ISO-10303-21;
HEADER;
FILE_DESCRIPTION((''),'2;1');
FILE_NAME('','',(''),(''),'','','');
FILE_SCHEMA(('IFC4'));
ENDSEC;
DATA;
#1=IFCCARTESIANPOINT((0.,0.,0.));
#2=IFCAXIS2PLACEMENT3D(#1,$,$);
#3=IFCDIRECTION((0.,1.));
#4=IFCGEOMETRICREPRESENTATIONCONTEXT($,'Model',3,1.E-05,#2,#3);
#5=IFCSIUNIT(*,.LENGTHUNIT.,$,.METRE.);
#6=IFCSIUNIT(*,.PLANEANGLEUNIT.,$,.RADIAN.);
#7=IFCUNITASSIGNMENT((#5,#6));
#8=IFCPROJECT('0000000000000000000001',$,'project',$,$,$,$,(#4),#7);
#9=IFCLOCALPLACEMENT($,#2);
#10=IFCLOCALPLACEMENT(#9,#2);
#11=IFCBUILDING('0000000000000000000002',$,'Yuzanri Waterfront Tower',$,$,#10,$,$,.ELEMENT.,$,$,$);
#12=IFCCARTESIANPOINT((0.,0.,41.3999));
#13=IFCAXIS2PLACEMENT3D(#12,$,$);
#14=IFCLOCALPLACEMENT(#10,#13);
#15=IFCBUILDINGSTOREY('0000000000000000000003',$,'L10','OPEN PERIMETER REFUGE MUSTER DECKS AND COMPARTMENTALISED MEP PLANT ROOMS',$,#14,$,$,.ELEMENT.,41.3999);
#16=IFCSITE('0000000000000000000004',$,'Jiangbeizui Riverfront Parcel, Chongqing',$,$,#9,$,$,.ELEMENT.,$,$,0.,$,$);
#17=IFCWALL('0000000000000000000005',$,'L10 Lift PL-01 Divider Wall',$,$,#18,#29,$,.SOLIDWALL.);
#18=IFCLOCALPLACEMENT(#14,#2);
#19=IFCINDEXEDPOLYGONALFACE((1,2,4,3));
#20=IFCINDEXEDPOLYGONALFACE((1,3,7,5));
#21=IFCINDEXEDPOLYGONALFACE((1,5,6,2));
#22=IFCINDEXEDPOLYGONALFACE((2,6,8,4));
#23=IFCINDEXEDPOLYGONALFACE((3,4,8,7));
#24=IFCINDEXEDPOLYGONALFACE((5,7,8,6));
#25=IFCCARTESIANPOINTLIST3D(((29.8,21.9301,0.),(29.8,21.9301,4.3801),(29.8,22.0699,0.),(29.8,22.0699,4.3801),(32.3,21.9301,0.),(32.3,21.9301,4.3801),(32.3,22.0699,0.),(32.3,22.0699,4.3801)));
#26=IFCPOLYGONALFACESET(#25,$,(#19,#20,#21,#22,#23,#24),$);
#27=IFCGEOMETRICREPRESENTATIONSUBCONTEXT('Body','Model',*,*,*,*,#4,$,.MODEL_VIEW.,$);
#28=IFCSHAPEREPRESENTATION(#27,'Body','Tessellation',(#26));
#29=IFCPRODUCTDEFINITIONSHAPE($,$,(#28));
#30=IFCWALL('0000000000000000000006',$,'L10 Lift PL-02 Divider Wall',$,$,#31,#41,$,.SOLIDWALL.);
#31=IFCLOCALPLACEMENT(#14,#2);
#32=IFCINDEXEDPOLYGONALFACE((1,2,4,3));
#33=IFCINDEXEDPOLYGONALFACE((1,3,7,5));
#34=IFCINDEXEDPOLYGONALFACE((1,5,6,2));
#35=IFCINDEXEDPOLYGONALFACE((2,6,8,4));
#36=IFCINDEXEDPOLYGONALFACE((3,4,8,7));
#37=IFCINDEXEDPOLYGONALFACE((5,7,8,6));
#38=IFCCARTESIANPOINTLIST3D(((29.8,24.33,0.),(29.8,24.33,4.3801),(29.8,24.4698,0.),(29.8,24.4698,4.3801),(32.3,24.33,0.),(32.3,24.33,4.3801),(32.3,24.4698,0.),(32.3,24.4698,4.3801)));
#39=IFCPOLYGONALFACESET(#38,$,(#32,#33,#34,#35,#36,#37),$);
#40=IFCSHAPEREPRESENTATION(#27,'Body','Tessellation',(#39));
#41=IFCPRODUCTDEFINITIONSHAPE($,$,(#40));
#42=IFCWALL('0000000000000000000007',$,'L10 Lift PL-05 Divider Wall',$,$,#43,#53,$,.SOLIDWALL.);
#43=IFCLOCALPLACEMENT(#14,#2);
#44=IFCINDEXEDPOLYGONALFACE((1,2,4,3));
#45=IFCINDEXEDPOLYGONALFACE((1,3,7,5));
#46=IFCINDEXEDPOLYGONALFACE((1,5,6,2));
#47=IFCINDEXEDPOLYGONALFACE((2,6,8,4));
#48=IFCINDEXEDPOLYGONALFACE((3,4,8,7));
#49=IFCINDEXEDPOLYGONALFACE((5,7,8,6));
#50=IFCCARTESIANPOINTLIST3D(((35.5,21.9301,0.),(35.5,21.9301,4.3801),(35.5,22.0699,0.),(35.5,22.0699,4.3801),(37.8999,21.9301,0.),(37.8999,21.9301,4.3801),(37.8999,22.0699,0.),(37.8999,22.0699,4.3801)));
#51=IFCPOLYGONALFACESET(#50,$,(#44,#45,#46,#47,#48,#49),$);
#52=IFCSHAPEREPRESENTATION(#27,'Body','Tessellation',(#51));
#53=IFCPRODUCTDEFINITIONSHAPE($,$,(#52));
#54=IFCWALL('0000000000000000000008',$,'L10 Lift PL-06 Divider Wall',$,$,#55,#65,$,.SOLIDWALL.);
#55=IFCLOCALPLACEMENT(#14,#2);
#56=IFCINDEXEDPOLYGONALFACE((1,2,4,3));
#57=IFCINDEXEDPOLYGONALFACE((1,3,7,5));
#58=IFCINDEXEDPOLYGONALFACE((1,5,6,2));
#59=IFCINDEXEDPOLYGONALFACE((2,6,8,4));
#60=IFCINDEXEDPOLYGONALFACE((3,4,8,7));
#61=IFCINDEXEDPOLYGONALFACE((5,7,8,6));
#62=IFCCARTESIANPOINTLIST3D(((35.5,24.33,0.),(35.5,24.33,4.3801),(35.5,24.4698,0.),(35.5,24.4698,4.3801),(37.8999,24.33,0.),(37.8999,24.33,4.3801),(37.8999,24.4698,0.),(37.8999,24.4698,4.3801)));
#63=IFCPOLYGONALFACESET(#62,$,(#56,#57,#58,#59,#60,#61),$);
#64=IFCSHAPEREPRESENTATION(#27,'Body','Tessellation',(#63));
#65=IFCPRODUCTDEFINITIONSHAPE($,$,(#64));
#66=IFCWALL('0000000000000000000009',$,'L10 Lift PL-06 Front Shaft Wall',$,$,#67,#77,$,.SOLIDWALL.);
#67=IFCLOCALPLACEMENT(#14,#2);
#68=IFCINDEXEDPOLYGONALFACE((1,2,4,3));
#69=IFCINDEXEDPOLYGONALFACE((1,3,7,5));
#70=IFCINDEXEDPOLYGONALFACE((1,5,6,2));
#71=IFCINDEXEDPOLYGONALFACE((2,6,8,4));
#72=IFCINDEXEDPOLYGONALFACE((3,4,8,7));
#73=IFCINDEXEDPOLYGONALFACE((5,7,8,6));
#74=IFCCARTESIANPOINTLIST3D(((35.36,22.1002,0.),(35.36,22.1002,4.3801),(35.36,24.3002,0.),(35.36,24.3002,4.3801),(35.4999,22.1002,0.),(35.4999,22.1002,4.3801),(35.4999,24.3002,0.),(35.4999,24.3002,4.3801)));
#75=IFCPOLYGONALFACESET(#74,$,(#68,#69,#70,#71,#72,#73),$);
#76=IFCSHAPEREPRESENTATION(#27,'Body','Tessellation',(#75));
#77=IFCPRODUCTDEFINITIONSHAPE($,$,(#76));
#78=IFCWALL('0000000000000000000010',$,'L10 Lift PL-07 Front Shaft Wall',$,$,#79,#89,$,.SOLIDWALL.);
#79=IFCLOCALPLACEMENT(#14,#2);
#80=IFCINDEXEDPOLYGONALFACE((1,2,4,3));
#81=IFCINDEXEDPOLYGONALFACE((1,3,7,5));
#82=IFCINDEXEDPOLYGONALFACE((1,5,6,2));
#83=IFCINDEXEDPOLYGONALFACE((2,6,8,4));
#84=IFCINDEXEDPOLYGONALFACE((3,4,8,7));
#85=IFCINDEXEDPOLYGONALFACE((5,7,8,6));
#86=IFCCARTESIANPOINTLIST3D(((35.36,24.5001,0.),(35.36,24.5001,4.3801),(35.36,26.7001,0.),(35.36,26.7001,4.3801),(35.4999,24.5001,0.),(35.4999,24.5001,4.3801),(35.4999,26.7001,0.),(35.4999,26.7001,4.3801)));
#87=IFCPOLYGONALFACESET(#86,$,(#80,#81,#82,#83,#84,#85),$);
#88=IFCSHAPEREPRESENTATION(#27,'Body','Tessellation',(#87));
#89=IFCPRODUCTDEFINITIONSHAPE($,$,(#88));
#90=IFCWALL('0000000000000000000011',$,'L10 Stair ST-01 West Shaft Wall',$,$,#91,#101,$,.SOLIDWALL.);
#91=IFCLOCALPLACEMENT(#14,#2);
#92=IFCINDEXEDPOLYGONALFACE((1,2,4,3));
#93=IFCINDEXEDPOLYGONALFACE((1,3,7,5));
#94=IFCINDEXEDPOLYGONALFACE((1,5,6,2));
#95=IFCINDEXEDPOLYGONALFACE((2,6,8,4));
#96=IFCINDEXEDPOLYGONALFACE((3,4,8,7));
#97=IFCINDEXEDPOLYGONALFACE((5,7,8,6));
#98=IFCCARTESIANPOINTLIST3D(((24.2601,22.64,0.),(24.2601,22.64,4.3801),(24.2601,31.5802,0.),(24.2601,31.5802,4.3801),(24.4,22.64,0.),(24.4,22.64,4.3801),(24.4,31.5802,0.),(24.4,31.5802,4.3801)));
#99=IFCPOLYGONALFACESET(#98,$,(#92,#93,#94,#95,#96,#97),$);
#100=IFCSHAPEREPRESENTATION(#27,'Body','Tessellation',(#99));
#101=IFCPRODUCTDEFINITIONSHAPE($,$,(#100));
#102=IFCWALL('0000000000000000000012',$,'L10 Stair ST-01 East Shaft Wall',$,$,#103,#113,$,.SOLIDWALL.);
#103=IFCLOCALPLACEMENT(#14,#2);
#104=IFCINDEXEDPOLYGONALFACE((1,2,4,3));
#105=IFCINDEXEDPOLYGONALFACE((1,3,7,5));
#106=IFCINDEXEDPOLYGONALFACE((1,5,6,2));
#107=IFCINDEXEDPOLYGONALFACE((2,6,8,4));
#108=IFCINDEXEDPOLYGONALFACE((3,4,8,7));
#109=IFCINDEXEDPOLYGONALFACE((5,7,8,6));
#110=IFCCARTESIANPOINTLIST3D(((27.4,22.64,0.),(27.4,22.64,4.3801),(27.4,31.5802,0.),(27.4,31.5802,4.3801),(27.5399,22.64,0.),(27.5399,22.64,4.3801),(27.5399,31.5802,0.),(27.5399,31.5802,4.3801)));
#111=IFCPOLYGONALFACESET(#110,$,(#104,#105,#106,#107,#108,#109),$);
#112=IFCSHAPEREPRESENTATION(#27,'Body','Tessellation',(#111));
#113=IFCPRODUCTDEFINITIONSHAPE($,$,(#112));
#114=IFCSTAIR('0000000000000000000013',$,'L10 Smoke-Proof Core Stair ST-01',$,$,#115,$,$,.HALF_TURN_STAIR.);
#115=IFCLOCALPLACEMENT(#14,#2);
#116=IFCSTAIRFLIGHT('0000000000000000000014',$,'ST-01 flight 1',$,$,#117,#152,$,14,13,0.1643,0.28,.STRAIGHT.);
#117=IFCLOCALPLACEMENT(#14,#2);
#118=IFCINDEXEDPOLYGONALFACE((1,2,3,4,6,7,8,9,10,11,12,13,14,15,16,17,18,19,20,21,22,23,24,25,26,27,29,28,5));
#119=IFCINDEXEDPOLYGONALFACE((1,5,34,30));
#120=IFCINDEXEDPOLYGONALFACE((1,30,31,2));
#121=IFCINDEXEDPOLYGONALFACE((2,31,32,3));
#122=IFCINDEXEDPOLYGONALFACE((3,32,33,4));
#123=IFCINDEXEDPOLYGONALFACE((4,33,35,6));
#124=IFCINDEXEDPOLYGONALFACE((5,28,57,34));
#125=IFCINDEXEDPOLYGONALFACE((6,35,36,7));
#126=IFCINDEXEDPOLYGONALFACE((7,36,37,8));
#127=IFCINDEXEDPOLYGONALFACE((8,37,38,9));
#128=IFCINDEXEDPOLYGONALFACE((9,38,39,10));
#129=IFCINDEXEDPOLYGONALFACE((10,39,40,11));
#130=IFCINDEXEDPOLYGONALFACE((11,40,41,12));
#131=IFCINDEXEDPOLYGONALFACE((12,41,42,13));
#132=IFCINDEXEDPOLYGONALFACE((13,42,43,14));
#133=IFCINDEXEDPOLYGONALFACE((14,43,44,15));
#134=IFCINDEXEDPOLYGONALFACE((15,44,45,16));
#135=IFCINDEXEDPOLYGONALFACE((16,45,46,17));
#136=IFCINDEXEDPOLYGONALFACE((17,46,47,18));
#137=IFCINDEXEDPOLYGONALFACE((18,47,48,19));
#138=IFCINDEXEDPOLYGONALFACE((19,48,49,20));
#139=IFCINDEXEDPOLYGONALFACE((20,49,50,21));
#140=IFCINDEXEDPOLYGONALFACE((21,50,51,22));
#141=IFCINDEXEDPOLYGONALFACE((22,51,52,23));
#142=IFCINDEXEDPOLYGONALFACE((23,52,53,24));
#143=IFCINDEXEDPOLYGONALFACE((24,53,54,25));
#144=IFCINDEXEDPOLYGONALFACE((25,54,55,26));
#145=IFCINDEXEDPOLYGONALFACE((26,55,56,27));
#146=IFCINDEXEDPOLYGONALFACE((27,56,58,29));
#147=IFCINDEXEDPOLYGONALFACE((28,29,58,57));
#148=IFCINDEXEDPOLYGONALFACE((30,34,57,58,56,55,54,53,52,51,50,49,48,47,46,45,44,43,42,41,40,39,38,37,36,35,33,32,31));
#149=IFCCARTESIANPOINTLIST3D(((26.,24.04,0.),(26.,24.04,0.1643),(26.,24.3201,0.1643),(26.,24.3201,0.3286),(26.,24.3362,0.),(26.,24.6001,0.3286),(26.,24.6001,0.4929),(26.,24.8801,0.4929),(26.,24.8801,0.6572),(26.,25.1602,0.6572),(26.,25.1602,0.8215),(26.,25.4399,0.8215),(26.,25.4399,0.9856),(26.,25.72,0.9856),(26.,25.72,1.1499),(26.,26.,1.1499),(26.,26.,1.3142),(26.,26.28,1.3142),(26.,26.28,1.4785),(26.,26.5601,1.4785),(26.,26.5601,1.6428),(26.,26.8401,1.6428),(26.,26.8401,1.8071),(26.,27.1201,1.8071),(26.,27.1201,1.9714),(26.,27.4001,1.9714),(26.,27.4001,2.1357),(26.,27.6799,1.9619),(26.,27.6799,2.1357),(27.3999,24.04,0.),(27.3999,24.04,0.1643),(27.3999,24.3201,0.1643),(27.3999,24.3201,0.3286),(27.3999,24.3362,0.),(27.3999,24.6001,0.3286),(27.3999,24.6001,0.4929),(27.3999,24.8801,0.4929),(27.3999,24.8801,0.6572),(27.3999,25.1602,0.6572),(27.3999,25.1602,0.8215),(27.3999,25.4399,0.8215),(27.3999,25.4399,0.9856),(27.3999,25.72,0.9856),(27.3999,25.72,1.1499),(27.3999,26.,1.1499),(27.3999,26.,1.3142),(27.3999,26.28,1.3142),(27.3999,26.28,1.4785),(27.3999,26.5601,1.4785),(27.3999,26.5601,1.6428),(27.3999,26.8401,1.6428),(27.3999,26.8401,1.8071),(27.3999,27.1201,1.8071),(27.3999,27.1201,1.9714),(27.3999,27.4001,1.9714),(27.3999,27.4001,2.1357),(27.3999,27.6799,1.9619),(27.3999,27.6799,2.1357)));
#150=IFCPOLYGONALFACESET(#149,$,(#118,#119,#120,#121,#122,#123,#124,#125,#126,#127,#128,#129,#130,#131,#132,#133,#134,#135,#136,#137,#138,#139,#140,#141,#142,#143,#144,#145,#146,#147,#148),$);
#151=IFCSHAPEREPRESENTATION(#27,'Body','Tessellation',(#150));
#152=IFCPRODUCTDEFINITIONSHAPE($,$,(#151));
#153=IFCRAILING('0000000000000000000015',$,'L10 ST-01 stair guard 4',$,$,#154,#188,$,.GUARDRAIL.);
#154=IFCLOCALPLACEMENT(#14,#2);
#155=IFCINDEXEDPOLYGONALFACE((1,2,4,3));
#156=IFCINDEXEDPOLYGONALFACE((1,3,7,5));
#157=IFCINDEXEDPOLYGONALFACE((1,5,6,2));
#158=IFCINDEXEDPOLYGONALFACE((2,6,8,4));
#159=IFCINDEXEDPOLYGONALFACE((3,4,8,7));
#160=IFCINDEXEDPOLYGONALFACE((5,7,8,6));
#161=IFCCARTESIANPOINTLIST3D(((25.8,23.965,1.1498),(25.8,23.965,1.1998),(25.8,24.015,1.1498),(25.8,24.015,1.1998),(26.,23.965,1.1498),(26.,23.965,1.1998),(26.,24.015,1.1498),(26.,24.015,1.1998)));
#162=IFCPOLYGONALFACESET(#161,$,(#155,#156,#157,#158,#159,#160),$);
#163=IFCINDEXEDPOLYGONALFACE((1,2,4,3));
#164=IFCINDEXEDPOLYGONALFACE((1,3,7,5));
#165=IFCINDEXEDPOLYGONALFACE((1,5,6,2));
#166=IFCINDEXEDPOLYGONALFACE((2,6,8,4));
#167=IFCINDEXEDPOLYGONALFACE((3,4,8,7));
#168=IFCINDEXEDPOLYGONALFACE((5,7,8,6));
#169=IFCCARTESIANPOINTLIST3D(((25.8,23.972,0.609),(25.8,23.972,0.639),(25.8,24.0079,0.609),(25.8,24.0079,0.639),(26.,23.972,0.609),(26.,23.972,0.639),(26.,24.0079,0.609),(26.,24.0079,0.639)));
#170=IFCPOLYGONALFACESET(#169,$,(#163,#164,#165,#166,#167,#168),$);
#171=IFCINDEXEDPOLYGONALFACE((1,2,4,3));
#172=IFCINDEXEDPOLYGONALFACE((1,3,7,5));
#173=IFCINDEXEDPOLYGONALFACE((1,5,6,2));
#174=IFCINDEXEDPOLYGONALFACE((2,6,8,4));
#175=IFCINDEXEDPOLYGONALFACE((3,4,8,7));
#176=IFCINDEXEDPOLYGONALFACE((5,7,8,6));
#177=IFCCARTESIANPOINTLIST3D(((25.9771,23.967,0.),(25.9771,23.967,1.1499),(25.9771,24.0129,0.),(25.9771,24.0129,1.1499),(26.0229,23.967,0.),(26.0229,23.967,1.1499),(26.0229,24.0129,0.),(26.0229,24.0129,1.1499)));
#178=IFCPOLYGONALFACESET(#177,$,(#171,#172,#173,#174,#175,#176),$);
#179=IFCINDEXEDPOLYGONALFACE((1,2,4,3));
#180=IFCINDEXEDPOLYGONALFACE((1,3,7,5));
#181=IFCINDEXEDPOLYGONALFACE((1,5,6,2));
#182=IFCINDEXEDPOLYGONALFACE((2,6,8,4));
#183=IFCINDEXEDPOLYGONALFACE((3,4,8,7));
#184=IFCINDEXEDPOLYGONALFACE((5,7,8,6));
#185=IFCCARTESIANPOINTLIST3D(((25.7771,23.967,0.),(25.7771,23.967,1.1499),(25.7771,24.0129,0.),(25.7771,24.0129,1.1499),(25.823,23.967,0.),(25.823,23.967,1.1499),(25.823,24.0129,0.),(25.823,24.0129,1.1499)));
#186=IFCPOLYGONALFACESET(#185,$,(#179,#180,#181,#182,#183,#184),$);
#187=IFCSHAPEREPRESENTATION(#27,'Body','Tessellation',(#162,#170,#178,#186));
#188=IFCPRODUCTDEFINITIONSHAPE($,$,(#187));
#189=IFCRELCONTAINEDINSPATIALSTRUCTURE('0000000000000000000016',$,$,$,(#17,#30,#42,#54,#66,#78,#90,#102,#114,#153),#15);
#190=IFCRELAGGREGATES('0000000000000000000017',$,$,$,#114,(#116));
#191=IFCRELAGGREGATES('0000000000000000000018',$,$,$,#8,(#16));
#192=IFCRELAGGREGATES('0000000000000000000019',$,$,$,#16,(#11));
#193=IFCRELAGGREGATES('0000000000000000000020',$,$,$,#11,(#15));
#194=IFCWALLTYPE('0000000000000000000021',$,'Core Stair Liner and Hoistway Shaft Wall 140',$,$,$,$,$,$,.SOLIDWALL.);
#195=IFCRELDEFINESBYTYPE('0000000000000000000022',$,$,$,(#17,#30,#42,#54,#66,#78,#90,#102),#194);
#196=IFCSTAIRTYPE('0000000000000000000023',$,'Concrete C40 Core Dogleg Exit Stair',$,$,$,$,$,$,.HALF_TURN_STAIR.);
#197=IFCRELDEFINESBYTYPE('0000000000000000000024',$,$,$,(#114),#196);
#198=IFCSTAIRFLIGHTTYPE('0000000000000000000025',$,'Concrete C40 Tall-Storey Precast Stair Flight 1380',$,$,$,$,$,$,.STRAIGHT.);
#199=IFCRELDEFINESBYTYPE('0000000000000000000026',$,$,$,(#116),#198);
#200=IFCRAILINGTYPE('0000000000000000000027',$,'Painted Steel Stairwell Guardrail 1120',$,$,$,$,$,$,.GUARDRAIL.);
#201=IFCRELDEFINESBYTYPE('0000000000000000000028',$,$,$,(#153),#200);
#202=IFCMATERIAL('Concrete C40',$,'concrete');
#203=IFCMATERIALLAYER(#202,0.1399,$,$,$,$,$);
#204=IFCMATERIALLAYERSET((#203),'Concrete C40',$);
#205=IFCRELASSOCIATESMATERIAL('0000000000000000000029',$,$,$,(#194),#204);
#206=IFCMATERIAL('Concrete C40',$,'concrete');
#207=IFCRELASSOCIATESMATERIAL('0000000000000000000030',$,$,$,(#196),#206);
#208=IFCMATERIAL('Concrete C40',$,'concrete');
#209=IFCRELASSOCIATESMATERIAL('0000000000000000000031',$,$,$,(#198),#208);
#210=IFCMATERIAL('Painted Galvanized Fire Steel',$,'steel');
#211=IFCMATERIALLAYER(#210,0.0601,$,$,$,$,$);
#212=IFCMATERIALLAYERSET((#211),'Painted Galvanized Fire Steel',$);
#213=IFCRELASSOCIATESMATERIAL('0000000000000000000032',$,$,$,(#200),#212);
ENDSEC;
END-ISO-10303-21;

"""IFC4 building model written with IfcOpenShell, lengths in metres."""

from ifc_helpers import new_model, si_unit, direction, frame, frame_2d, origin, origin_2d, place, context, subcontext, project, spatial, polyline, rectangle, outline, extrude, source, transform, mapped, material, layer, layer_set, type_object, element, aggregate, save


model = new_model("IFC4")

# Units and contexts
model_context = context("Model", 3, precision=1e-05, world=origin(), true_north=direction((0.0, 1.0)))
body_context = subcontext(model_context, "Body", "Model", "MODEL_VIEW")
ifc_project = project(units=[si_unit("LENGTHUNIT", "METRE"), si_unit("PLANEANGLEUNIT", "RADIAN")], contexts=[model_context])

# Site, building, storey
site_placement = place(None, origin())
site = spatial("IfcSite", under=ifc_project, at=site_placement, Name="Jiangbeizui Riverfront Parcel, Chongqing", CompositionType="ELEMENT", RefElevation=0.0)
building_placement = place(site_placement, origin())
building = spatial("IfcBuilding", under=site, at=building_placement, Name="Yuzanri Waterfront Tower", CompositionType="ELEMENT")
storey_placement = place(building_placement, frame((0.0, 0.0, 41.3999)))
storey = spatial("IfcBuildingStorey", under=building, at=storey_placement, Name="L10", Description="OPEN PERIMETER REFUGE MUSTER DECKS AND COMPARTMENTALISED MEP PLANT ROOMS", CompositionType="ELEMENT", Elevation=41.3999)

# Shared definitions
ifc_material_1 = material(Name="Concrete C40", Category="concrete")
ifc_layer_1 = layer(ifc_material_1, 0.1399)
ifc_layer_set_1 = layer_set([ifc_layer_1], Name="Concrete C40")
wall_type = type_object("IfcWallType", Name="Core Stair Liner and Hoistway Shaft Wall 140", PredefinedType="SOLIDWALL", material=ifc_layer_set_1)

# Walls
shared_shape_1 = source(origin(), body_context, "Body", "SweptSolid", [
    extrude(rectangle(XDim=2.5, YDim=0.1399, at=frame_2d((1.25, 0.0))), origin(), (0.0, 0.0, 1.0), 4.3801),
])
for number, where, z_axis, x_axis, name in (
    (1, (29.8, 22.0, 0.0), (0.0, 0.0, 1.0), (1.0, 0.0, 0.0), "L10 Lift PL-01 Divider Wall"),
    (2, (29.8, 24.3999, 0.0), (0.0, 0.0, 1.0), (1.0, 0.0, 0.0), "L10 Lift PL-02 Divider Wall"),
):
    element("IfcWall", number, at=place(storey_placement, frame(where, z_axis=z_axis, x_axis=x_axis)), inside=storey, type_object=wall_type, Name=name, PredefinedType="SOLIDWALL", context=body_context, shape_type="MappedRepresentation", body=[
        mapped(shared_shape_1, transform((0.0, 0.0, 0.0), scale=1.0)),
    ])
shared_shape_2 = source(origin(), body_context, "Body", "SweptSolid", [
    extrude(rectangle(XDim=2.3999, YDim=0.1399, at=frame_2d((1.2, 0.0))), origin(), (0.0, 0.0, 1.0), 4.3801),
])
for number, where, z_axis, x_axis, name in (
    (3, (35.5, 22.0, 0.0), (0.0, 0.0, 1.0), (1.0, 0.0, 0.0), "L10 Lift PL-05 Divider Wall"),
    (4, (35.5, 24.3999, 0.0), (0.0, 0.0, 1.0), (1.0, 0.0, 0.0), "L10 Lift PL-06 Divider Wall"),
):
    element("IfcWall", number, at=place(storey_placement, frame(where, z_axis=z_axis, x_axis=x_axis)), inside=storey, type_object=wall_type, Name=name, PredefinedType="SOLIDWALL", context=body_context, shape_type="MappedRepresentation", body=[
        mapped(shared_shape_2, transform((0.0, 0.0, 0.0), scale=1.0)),
    ])
shared_shape_3 = source(origin(), body_context, "Body", "SweptSolid", [
    extrude(rectangle(XDim=2.2, YDim=0.1399, at=frame_2d((1.1001, 0.0))), origin(), (0.0, 0.0, 1.0), 4.3801),
])
for number, where, z_axis, x_axis, name in (
    (5, (35.4299, 22.1001, 0.0), (0.0, 0.0, 1.0), (0.0, 1.0, 0.0), "L10 Lift PL-06 Front Shaft Wall"),
    (6, (35.4299, 24.5, 0.0), (0.0, 0.0, 1.0), (0.0, 1.0, 0.0), "L10 Lift PL-07 Front Shaft Wall"),
):
    element("IfcWall", number, at=place(storey_placement, frame(where, z_axis=z_axis, x_axis=x_axis)), inside=storey, type_object=wall_type, Name=name, PredefinedType="SOLIDWALL", context=body_context, shape_type="MappedRepresentation", body=[
        mapped(shared_shape_3, transform((0.0, 0.0, 0.0), scale=1.0)),
    ])
shared_shape_4 = source(origin(), body_context, "Body", "SweptSolid", [
    extrude(rectangle(XDim=8.9402, YDim=0.1399, at=frame_2d((4.4702, 0.0))), origin(), (0.0, 0.0, 1.0), 4.3801),
])
for number, where, z_axis, x_axis, name in (
    (7, (24.3301, 22.6399, 0.0), (0.0, 0.0, 1.0), (0.0, 1.0, 0.0), "L10 Stair ST-01 West Shaft Wall"),
    (8, (27.47, 22.6399, 0.0), (0.0, 0.0, 1.0), (0.0, 1.0, 0.0), "L10 Stair ST-01 East Shaft Wall"),
):
    element("IfcWall", number, at=place(storey_placement, frame(where, z_axis=z_axis, x_axis=x_axis)), inside=storey, type_object=wall_type, Name=name, PredefinedType="SOLIDWALL", context=body_context, shape_type="MappedRepresentation", body=[
        mapped(shared_shape_4, transform((0.0, 0.0, 0.0), scale=1.0)),
    ])

# Stair, stair flight
ifc_material_2 = material(Name="Concrete C40", Category="concrete")
stair_type = type_object("IfcStairType", Name="Concrete C40 Core Dogleg Exit Stair", PredefinedType="HALF_TURN_STAIR", material=ifc_material_2)
stair_placement = place(storey_placement, origin())
stair = element("IfcStair", 9, at=stair_placement, inside=storey, type_object=stair_type, Name="L10 Smoke-Proof Core Stair ST-01", PredefinedType="HALF_TURN_STAIR")
ifc_material_3 = material(Name="Concrete C40", Category="concrete")
stair_flight_type = type_object("IfcStairFlightType", Name="Concrete C40 Tall-Storey Precast Stair Flight 1380", PredefinedType="STRAIGHT", material=ifc_material_3)
shared_shape_5 = source(origin(), body_context, "Body", "SweptSolid", [
    extrude(outline(polyline([(0.0, 0.0), (0.0, 0.1643), (0.28, 0.1643), (0.28, 0.3286), (0.5601, 0.3286), (0.5601, 0.4929), (0.8401, 0.4929), (0.8401, 0.6572), (1.1201, 0.6572), (1.1201, 0.8215), (1.3999, 0.8215), (1.3999, 0.9856), (1.6799, 0.9856), (1.6799, 1.1499), (1.96, 1.1499), (1.96, 1.3142), (2.24, 1.3142), (2.24, 1.4785), (2.52, 1.4785), (2.52, 1.6428), (2.8, 1.6428), (2.8, 1.8071), (3.0801, 1.8071), (3.0801, 1.9714), (3.3601, 1.9714), (3.3601, 2.1357), (3.6399, 2.1357), (3.6399, 2.3), (3.6399, 1.9619), (0.2961, 0.0), (0.0, 0.0)])), frame((0.0, 0.7, 0.0), z_axis=(0.0, -1.0, 0.0), x_axis=(1.0, 0.0, 0.0)), (0.0, 0.0, 1.0), 1.3999),
])
stair_flight_placement = place(storey_placement, frame((26.7, 24.04, 0.0), z_axis=(0.0, 0.0, 1.0), x_axis=(0.0, 1.0, 0.0)))
stair_flight = element("IfcStairFlight", 10, at=stair_flight_placement, type_object=stair_flight_type, Name="ST-01 flight 1", NumberOfRisers=14, NumberOfTreads=13, PredefinedType="STRAIGHT", RiserHeight=0.1643, TreadLength=0.28, context=body_context, shape_type="MappedRepresentation", body=[
    mapped(shared_shape_5, transform((0.0, 0.0, 0.0), scale=1.0)),
])
aggregate(stair, [stair_flight])

# Railing
ifc_material_4 = material(Name="Painted Galvanized Fire Steel", Category="steel")
ifc_layer_2 = layer(ifc_material_4, 0.0601)
ifc_layer_set_2 = layer_set([ifc_layer_2], Name="Painted Galvanized Fire Steel")
railing_type_1 = type_object("IfcRailingType", Name="Painted Steel Stairwell Guardrail 1120", PredefinedType="GUARDRAIL", material=ifc_layer_set_2)
shared_shape_6 = source(origin(), body_context, "Body", "SweptSolid", [
    extrude(rectangle(XDim=0.05, YDim=0.05, at=origin_2d()), frame((0.0, 0.0, 1.1748), z_axis=(-1.0, 0.0, 0.0), x_axis=(0.0, -1.0, 0.0)), (0.0, 0.0, 1.0), 0.2),
    extrude(rectangle(XDim=0.0359, YDim=0.03, at=origin_2d()), frame((0.0, 0.0, 0.624), z_axis=(-1.0, 0.0, 0.0), x_axis=(0.0, -1.0, 0.0)), (0.0, 0.0, 1.0), 0.2),
    extrude(rectangle(XDim=0.0459, YDim=0.0459, at=origin_2d()), origin(), (0.0, 0.0, 1.0), 1.1499),
    extrude(rectangle(XDim=0.0459, YDim=0.0459, at=origin_2d()), frame((-0.2, 0.0, 0.0)), (0.0, 0.0, 1.0), 1.1499),
])
railing_1_placement = place(storey_placement, frame((26.0, 23.99, 0.0)))
element("IfcRailing", 11, at=railing_1_placement, inside=storey, type_object=railing_type_1, Name="L10 ST-01 stair guard 4", PredefinedType="GUARDRAIL", context=body_context, shape_type="MappedRepresentation", body=[
    mapped(shared_shape_6, transform((0.0, 0.0, 0.0), scale=1.0)),
])

save(model, "model.ifc")
